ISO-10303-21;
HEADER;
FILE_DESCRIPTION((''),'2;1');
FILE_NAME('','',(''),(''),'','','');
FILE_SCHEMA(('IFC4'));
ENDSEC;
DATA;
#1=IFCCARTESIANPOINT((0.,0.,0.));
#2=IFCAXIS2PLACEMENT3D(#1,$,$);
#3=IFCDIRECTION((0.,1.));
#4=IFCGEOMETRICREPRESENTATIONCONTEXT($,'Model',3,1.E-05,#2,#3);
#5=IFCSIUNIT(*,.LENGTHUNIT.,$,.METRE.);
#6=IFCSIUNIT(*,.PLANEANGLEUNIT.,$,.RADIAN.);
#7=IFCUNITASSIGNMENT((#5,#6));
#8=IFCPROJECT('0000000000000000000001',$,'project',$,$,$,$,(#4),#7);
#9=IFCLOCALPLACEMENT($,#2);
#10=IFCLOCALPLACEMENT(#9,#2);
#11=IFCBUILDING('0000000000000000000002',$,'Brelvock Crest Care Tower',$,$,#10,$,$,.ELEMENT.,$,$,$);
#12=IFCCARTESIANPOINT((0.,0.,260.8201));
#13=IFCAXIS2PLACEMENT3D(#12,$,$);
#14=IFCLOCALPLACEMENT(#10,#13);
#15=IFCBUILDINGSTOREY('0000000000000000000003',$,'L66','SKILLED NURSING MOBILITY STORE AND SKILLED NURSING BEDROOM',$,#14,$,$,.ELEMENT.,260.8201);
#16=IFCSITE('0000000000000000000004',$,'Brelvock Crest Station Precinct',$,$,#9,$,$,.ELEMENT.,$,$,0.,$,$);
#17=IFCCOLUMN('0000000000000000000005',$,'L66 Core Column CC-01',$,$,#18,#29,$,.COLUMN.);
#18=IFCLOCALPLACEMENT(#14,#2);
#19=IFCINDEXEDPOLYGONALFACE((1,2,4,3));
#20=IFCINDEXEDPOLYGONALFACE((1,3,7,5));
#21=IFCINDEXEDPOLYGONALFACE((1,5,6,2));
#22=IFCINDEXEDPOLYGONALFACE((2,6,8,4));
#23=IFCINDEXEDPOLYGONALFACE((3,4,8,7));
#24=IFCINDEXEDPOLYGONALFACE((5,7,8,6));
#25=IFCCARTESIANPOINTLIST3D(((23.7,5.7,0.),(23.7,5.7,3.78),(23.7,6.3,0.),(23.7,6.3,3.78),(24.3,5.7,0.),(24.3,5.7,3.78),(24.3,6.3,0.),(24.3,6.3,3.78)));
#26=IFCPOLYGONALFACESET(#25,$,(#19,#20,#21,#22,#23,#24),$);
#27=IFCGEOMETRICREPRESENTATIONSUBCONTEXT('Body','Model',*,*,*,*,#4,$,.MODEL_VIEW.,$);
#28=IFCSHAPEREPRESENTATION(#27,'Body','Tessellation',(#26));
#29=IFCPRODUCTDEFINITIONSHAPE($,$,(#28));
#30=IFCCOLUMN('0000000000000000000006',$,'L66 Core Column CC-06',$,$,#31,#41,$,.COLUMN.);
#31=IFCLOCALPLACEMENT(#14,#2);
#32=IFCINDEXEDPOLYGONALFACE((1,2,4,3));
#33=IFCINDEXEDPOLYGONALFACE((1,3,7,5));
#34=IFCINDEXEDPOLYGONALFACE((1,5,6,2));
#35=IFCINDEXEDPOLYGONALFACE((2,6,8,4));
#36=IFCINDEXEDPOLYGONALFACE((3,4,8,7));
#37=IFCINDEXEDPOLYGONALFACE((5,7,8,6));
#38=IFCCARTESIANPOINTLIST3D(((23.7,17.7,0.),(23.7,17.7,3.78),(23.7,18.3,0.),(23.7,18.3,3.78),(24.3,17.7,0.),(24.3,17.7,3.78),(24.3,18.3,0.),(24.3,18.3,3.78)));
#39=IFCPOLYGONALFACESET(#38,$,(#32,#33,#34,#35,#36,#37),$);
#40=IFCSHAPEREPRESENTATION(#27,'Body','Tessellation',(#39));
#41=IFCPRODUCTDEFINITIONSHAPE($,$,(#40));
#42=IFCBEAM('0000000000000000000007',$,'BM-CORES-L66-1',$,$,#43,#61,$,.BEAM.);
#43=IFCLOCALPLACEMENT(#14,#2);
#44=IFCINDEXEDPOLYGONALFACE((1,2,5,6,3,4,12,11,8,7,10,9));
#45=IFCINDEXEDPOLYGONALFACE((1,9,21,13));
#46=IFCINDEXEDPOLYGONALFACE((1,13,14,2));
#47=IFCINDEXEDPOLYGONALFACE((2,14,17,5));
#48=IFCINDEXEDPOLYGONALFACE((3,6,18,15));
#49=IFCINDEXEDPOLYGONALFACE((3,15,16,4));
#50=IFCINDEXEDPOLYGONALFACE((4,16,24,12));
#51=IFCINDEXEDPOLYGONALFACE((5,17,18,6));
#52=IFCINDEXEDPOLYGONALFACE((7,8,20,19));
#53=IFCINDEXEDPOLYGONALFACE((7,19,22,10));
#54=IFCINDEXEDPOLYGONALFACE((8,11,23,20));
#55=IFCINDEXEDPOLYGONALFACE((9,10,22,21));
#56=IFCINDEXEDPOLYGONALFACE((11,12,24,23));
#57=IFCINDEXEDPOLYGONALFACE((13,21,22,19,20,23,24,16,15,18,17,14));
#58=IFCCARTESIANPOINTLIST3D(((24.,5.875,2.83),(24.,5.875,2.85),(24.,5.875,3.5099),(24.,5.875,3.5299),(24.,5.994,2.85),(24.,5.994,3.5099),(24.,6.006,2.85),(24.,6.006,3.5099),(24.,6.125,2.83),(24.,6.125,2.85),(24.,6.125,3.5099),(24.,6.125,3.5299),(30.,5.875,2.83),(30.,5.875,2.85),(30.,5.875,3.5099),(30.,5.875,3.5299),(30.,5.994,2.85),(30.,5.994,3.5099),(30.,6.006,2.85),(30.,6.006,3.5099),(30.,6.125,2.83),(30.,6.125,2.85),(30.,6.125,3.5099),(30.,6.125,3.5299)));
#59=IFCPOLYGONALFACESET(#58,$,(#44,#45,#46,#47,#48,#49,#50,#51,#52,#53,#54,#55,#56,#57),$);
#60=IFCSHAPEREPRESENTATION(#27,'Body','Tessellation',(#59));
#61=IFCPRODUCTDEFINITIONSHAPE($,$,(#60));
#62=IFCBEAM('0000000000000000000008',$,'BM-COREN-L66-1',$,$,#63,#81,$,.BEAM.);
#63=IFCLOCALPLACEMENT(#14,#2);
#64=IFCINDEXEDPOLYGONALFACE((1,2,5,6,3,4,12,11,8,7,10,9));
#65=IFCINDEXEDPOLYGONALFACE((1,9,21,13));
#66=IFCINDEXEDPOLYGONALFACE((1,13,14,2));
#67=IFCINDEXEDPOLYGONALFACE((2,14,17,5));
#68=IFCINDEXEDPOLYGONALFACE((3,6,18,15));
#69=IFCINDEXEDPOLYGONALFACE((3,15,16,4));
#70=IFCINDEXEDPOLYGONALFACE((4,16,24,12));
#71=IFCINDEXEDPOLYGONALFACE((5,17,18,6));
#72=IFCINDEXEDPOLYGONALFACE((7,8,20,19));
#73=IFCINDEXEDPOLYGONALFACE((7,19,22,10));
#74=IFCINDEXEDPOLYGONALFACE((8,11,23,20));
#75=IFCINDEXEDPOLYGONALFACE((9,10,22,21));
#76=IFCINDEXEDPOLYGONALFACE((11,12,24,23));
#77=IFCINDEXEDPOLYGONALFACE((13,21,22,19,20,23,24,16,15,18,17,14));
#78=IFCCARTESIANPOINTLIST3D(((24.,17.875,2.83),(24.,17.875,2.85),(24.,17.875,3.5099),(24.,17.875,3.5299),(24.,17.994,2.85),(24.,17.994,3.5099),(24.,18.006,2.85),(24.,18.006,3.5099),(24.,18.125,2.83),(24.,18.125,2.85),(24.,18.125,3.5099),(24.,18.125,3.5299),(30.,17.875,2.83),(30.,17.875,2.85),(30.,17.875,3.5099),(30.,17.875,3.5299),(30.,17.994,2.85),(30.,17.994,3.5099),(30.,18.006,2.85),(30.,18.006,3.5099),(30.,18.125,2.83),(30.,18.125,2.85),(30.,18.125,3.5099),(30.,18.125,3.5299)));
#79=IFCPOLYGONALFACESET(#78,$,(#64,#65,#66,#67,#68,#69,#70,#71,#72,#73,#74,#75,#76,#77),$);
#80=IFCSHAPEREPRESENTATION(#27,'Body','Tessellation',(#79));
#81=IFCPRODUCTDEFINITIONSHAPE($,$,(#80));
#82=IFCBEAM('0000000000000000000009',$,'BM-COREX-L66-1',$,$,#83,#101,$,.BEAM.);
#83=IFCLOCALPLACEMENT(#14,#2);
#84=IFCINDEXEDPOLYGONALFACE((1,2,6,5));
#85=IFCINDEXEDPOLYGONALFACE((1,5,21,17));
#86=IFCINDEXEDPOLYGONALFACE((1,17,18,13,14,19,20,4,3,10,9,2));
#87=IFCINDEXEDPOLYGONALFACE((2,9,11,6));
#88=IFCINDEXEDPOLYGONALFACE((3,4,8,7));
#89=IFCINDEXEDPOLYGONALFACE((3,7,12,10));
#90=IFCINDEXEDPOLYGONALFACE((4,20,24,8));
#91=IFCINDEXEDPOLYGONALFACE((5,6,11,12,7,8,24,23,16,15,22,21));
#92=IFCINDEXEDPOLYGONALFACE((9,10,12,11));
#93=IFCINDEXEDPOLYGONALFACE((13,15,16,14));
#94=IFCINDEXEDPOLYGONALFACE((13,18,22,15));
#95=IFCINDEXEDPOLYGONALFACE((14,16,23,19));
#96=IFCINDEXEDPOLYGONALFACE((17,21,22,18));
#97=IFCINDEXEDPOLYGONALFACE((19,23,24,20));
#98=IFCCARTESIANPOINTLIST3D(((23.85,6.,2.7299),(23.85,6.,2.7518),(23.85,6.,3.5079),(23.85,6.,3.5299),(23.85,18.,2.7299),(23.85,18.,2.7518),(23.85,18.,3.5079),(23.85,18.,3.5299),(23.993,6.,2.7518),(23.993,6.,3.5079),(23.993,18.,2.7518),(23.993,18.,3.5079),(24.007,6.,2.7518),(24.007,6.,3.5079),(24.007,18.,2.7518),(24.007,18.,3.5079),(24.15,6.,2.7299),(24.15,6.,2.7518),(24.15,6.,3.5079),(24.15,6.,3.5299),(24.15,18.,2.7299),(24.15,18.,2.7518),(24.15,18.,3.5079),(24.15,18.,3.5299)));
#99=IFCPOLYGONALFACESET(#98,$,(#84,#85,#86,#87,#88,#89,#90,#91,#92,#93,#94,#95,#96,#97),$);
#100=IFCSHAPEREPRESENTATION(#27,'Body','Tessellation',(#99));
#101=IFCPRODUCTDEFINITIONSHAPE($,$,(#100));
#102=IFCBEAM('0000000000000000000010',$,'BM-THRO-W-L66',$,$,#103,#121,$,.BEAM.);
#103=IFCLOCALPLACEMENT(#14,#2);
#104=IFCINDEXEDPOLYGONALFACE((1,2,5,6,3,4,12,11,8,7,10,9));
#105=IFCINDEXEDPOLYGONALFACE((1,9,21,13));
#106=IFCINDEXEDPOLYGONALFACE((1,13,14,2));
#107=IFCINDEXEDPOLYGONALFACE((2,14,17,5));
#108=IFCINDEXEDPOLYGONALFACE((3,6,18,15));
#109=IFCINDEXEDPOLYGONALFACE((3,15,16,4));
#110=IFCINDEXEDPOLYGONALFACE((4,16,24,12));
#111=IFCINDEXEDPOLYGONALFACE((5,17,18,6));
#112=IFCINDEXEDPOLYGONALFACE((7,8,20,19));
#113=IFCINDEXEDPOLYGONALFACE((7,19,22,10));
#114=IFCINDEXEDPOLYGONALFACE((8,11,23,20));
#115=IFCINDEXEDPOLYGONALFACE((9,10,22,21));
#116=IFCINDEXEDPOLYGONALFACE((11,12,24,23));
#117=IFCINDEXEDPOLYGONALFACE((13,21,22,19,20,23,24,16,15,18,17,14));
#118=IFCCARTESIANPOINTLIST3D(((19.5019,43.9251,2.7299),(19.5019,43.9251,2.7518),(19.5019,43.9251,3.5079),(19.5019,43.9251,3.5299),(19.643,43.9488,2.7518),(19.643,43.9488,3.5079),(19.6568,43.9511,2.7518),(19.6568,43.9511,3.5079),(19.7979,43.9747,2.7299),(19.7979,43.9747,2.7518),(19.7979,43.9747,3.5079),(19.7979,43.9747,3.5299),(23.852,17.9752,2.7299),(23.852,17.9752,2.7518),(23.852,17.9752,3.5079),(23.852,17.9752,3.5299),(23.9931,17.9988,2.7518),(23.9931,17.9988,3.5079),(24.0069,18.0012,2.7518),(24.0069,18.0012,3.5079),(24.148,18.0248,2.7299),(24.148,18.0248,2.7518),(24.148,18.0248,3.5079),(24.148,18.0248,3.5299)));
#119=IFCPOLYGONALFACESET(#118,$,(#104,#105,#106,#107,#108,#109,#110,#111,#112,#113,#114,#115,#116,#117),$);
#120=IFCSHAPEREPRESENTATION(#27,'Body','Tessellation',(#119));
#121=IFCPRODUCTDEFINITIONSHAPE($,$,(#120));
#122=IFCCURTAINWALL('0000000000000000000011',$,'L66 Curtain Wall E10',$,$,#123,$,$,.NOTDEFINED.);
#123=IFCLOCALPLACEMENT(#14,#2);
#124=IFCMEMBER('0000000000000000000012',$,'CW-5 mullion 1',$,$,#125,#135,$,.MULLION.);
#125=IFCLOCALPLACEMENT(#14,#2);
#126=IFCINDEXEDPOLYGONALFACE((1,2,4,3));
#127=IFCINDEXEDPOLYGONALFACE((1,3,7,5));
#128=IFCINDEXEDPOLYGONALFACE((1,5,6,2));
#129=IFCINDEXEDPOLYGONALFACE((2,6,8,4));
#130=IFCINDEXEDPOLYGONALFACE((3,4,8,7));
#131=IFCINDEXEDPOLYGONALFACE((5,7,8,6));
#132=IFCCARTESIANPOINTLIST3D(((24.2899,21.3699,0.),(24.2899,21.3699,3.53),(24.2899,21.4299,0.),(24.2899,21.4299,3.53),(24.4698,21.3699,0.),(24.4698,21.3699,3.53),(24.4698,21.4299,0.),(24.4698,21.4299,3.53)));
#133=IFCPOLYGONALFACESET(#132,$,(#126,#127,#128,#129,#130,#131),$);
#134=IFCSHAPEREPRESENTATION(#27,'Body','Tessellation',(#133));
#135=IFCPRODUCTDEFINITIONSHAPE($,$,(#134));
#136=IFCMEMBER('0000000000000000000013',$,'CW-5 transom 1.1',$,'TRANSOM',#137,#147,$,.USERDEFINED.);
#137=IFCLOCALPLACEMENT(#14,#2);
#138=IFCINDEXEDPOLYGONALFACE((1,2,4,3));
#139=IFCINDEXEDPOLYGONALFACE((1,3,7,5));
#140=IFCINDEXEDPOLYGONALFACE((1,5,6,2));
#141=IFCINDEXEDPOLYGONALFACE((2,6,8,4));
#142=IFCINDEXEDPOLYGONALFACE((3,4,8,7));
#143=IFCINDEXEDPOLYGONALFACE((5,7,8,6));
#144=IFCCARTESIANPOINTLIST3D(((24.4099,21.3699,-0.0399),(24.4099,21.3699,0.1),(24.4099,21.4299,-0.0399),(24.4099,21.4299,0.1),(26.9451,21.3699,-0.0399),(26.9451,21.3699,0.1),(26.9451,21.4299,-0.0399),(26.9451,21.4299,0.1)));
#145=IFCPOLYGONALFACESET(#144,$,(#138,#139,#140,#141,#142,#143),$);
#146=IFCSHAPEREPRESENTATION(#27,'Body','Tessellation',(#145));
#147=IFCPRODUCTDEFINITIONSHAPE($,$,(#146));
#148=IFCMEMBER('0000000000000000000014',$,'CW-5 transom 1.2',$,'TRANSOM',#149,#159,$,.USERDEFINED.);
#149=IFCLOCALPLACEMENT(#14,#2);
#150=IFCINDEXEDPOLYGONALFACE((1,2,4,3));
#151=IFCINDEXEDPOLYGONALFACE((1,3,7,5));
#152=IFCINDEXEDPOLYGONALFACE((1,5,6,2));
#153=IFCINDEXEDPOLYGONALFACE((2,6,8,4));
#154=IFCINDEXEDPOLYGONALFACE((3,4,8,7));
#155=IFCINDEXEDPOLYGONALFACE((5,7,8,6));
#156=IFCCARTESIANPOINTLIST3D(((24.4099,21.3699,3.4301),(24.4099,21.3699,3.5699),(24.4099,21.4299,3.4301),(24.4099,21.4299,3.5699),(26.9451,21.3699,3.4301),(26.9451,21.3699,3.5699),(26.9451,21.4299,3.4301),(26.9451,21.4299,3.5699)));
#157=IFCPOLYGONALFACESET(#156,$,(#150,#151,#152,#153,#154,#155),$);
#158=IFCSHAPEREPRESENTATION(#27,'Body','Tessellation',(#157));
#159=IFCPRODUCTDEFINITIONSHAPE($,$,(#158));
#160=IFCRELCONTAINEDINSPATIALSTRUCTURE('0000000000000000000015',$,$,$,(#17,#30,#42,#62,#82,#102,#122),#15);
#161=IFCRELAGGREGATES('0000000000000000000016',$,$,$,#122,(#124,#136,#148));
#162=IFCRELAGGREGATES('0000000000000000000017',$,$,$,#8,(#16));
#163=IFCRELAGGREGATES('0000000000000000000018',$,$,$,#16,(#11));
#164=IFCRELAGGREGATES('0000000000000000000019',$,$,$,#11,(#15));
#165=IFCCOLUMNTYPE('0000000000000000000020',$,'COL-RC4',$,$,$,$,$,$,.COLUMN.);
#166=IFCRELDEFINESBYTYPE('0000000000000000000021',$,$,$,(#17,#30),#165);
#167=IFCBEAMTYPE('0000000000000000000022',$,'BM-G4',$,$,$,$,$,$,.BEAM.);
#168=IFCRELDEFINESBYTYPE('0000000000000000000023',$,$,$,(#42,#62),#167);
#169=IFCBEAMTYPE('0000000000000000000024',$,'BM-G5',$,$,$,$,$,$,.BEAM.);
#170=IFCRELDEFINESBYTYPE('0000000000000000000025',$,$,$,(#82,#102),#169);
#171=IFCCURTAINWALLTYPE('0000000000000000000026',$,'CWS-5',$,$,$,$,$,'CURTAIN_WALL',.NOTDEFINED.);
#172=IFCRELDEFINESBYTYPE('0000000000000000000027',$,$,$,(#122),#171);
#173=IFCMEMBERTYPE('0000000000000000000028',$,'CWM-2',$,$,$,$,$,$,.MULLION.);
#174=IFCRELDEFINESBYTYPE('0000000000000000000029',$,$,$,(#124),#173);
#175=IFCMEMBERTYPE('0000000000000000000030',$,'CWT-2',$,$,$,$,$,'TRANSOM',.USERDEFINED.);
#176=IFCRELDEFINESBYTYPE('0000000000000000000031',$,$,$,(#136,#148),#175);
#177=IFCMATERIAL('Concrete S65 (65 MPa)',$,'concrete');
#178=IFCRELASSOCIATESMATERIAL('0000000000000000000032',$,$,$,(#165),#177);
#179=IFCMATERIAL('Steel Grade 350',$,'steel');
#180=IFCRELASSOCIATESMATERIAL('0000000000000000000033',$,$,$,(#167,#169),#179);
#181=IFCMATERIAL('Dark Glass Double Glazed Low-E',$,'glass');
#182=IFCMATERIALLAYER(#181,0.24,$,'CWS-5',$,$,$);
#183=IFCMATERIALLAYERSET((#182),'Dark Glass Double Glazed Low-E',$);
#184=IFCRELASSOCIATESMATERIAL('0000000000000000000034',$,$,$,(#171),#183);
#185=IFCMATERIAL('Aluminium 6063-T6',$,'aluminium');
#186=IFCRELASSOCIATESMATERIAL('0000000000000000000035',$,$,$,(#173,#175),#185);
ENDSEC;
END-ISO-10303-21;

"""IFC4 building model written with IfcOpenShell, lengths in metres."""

from ifc_helpers import new_model, si_unit, direction, frame, origin, origin_2d, place, context, subcontext, project, spatial, rectangle, i_section, extrude, source, transform, mapped, material, layer, layer_set, material_profile, profile_set, type_object, element, aggregate, save


model = new_model("IFC4")

# Units and contexts
model_context = context("Model", 3, precision=1e-05, world=origin(), true_north=direction((0.0, 1.0)))
body_context = subcontext(model_context, "Body", "Model", "MODEL_VIEW")
ifc_project = project(units=[si_unit("LENGTHUNIT", "METRE"), si_unit("PLANEANGLEUNIT", "RADIAN")], contexts=[model_context])

# Site, building, storey
site_placement = place(None, origin())
site = spatial("IfcSite", under=ifc_project, at=site_placement, Name="Brelvock Crest Station Precinct", CompositionType="ELEMENT", RefElevation=0.0)
building_placement = place(site_placement, origin())
building = spatial("IfcBuilding", under=site, at=building_placement, Name="Brelvock Crest Care Tower", CompositionType="ELEMENT")
storey_placement = place(building_placement, frame((0.0, 0.0, 260.8201)))
storey = spatial("IfcBuildingStorey", under=building, at=storey_placement, Name="L66", Description="SKILLED NURSING MOBILITY STORE AND SKILLED NURSING BEDROOM", CompositionType="ELEMENT", Elevation=260.8201)

# Columns
ifc_material_1 = material(Name="Concrete S65 (65 MPa)", Category="concrete")
ifc_material_profile_1 = material_profile(ifc_material_1, rectangle(XDim=0.6001, YDim=0.6001, at=origin_2d()), Name="RC600x600")
ifc_profile_set_1 = profile_set([ifc_material_profile_1], Name="Concrete S65 (65 MPa)")
column_type = type_object("IfcColumnType", Name="COL-RC4", PredefinedType="COLUMN", material=ifc_profile_set_1)
shared_shape_1 = source(origin(), body_context, "Body", "SweptSolid", [
    extrude(rectangle(XDim=0.6001, YDim=0.6001, at=origin_2d()), origin(), (0.0, 0.0, 1.0), 3.78),
])
for number, where, z_axis, x_axis, name in (
    (1, (24.0, 6.0, 0.0), (0.0, 0.0, 1.0), (1.0, 0.0, 0.0), "L66 Core Column CC-01"),
    (2, (24.0, 18.0, 0.0), (0.0, 0.0, 1.0), (1.0, 0.0, 0.0), "L66 Core Column CC-06"),
):
    element("IfcColumn", number, at=place(storey_placement, frame(where, z_axis=z_axis, x_axis=x_axis)), inside=storey, type_object=column_type, Name=name, PredefinedType="COLUMN", context=body_context, shape_type="MappedRepresentation", body=[
        mapped(shared_shape_1, transform((0.0, 0.0, 0.0), x_axis=(1.0, 0.0, 0.0), y_axis=(0.0, 1.0, 0.0), z_axis=(0.0, 0.0, 1.0), scale=1.0)),
    ])

# Beams
ifc_material_2 = material(Name="Steel Grade 350", Category="steel")
ifc_material_profile_2 = material_profile(ifc_material_2, i_section(OverallWidth=0.25, OverallDepth=0.7, WebThickness=0.012, FlangeThickness=0.02, at=origin_2d()), Name="700WB150")
ifc_profile_set_2 = profile_set([ifc_material_profile_2], Name="Steel Grade 350")
beam_type_1 = type_object("IfcBeamType", Name="BM-G4", PredefinedType="BEAM", material=ifc_profile_set_2)
shared_shape_2 = source(origin(), body_context, "Body", "SweptSolid", [
    extrude(i_section(OverallWidth=0.25, OverallDepth=0.7, WebThickness=0.012, FlangeThickness=0.02, at=origin_2d()), origin(), (0.0, 0.0, 1.0), 6.0),
])
for number, where, z_axis, x_axis, name in (
    (3, (24.0, 6.0, 3.1799), (1.0, 0.0, 0.0), (0.0, 1.0, 0.0), "BM-CORES-L66-1"),
    (4, (24.0, 18.0, 3.1799), (1.0, 0.0, 0.0), (0.0, 1.0, 0.0), "BM-COREN-L66-1"),
):
    element("IfcBeam", number, at=place(storey_placement, frame(where, z_axis=z_axis, x_axis=x_axis)), inside=storey, type_object=beam_type_1, Name=name, PredefinedType="BEAM", context=body_context, shape_type="MappedRepresentation", body=[
        mapped(shared_shape_2, transform((0.0, 0.0, 0.0), x_axis=(1.0, 0.0, 0.0), y_axis=(0.0, 1.0, 0.0), z_axis=(0.0, 0.0, 1.0), scale=1.0)),
    ])
ifc_material_profile_3 = material_profile(ifc_material_2, i_section(OverallWidth=0.3, OverallDepth=0.8, WebThickness=0.0139, FlangeThickness=0.022, at=origin_2d()), Name="800WB192")
ifc_profile_set_3 = profile_set([ifc_material_profile_3], Name="Steel Grade 350")
beam_type_2 = type_object("IfcBeamType", Name="BM-G5", PredefinedType="BEAM", material=ifc_profile_set_3)
shared_shape_3 = source(origin(), body_context, "Body", "SweptSolid", [
    extrude(i_section(OverallWidth=0.3, OverallDepth=0.8, WebThickness=0.0139, FlangeThickness=0.022, at=origin_2d()), origin(), (0.0, 0.0, 1.0), 12.0),
])
beam_1_placement = place(storey_placement, frame((24.0, 6.0, 3.1299), z_axis=(0.0, 1.0, 0.0), x_axis=(-1.0, 0.0, 0.0)))
element("IfcBeam", 5, at=beam_1_placement, inside=storey, type_object=beam_type_2, Name="BM-COREX-L66-1", PredefinedType="BEAM", context=body_context, shape_type="MappedRepresentation", body=[
    mapped(shared_shape_3, transform((0.0, 0.0, 0.0), x_axis=(1.0, 0.0, 0.0), y_axis=(0.0, 1.0, 0.0), z_axis=(0.0, 0.0, 1.0), scale=1.0)),
])
shared_shape_4 = source(origin(), body_context, "Body", "SweptSolid", [
    extrude(i_section(OverallWidth=0.3, OverallDepth=0.8, WebThickness=0.0139, FlangeThickness=0.022, at=origin_2d()), origin(), (0.0, 0.0, 1.0), 26.312),
])
beam_2_placement = place(storey_placement, frame((24.0, 18.0, 3.1299), z_axis=(-0.165327, 0.986239, 0.0), x_axis=(-0.986239, -0.165327, 0.0)))
element("IfcBeam", 6, at=beam_2_placement, inside=storey, type_object=beam_type_2, Name="BM-THRO-W-L66", PredefinedType="BEAM", context=body_context, shape_type="MappedRepresentation", body=[
    mapped(shared_shape_4, transform((0.0, 0.0, 0.0), x_axis=(1.0, 0.0, 0.0), y_axis=(0.0, 1.0, 0.0), z_axis=(0.0, 0.0, 1.0), scale=1.0)),
])

# Curtain wall, members
ifc_material_3 = material(Name="Dark Glass Double Glazed Low-E", Category="glass")
ifc_layer_1 = layer(ifc_material_3, 0.24, Name="CWS-5")
ifc_layer_set_1 = layer_set([ifc_layer_1], Name="Dark Glass Double Glazed Low-E")
curtain_wall_type = type_object("IfcCurtainWallType", Name="CWS-5", ElementType="CURTAIN_WALL", PredefinedType="NOTDEFINED", material=ifc_layer_set_1)
curtain_wall_placement = place(storey_placement, origin())
curtain_wall = element("IfcCurtainWall", 7, at=curtain_wall_placement, inside=storey, type_object=curtain_wall_type, Name="L66 Curtain Wall E10", PredefinedType="NOTDEFINED")
ifc_material_4 = material(Name="Aluminium 6063-T6", Category="aluminium")
ifc_material_profile_4 = material_profile(ifc_material_4, rectangle(XDim=0.0601, YDim=0.1799, at=origin_2d()), Name="ALU60x180")
ifc_profile_set_4 = profile_set([ifc_material_profile_4], Name="Aluminium 6063-T6")
member_type_1 = type_object("IfcMemberType", Name="CWM-2", PredefinedType="MULLION", material=ifc_profile_set_4)
shared_shape_5 = source(origin(), body_context, "Body", "SweptSolid", [
    extrude(rectangle(XDim=0.0601, YDim=0.1799, at=origin_2d()), origin(), (0.0, 0.0, 1.0), 3.53),
])
member_1_placement = place(storey_placement, frame((24.3799, 21.3999, 0.0), z_axis=(0.0, 0.0, 1.0), x_axis=(0.0, 1.0, 0.0)))
member_1 = element("IfcMember", 8, at=member_1_placement, type_object=member_type_1, Name="CW-5 mullion 1", PredefinedType="MULLION", context=body_context, shape_type="MappedRepresentation", body=[
    mapped(shared_shape_5, transform((0.0, 0.0, 0.0), x_axis=(1.0, 0.0, 0.0), y_axis=(0.0, 1.0, 0.0), z_axis=(0.0, 0.0, 1.0), scale=1.0)),
])
ifc_material_profile_5 = material_profile(ifc_material_4, rectangle(XDim=0.0601, YDim=0.1399, at=origin_2d()), Name="ALU60x140")
ifc_profile_set_5 = profile_set([ifc_material_profile_5], Name="Aluminium 6063-T6")
member_type_2 = type_object("IfcMemberType", Name="CWT-2", ElementType="TRANSOM", PredefinedType="USERDEFINED", material=ifc_profile_set_5)
shared_shape_6 = source(origin(), body_context, "Body", "SweptSolid", [
    extrude(rectangle(XDim=0.0601, YDim=0.1399, at=origin_2d()), origin(), (0.0, 0.0, 1.0), 2.5352),
])
member_2_placement = place(storey_placement, frame((24.4099, 21.3999, 0.03), z_axis=(1.0, 0.0, 0.0), x_axis=(0.0, 1.0, 0.0)))
member_2 = element("IfcMember", 9, at=member_2_placement, type_object=member_type_2, Name="CW-5 transom 1.1", ObjectType="TRANSOM", PredefinedType="USERDEFINED", context=body_context, shape_type="MappedRepresentation", body=[
    mapped(shared_shape_6, transform((0.0, 0.0, 0.0), x_axis=(1.0, 0.0, 0.0), y_axis=(0.0, 1.0, 0.0), z_axis=(0.0, 0.0, 1.0), scale=1.0)),
])
member_3_placement = place(storey_placement, frame((24.4099, 21.3999, 3.5), z_axis=(1.0, 0.0, 0.0), x_axis=(0.0, 1.0, 0.0)))
member_3 = element("IfcMember", 10, at=member_3_placement, type_object=member_type_2, Name="CW-5 transom 1.2", ObjectType="TRANSOM", PredefinedType="USERDEFINED", context=body_context, shape_type="MappedRepresentation", body=[
    mapped(shared_shape_6, transform((0.0, 0.0, 0.0), x_axis=(1.0, 0.0, 0.0), y_axis=(0.0, 1.0, 0.0), z_axis=(0.0, 0.0, 1.0), scale=1.0)),
])

aggregate(curtain_wall, [member_1, member_2, member_3])

save(model, "model.ifc")
